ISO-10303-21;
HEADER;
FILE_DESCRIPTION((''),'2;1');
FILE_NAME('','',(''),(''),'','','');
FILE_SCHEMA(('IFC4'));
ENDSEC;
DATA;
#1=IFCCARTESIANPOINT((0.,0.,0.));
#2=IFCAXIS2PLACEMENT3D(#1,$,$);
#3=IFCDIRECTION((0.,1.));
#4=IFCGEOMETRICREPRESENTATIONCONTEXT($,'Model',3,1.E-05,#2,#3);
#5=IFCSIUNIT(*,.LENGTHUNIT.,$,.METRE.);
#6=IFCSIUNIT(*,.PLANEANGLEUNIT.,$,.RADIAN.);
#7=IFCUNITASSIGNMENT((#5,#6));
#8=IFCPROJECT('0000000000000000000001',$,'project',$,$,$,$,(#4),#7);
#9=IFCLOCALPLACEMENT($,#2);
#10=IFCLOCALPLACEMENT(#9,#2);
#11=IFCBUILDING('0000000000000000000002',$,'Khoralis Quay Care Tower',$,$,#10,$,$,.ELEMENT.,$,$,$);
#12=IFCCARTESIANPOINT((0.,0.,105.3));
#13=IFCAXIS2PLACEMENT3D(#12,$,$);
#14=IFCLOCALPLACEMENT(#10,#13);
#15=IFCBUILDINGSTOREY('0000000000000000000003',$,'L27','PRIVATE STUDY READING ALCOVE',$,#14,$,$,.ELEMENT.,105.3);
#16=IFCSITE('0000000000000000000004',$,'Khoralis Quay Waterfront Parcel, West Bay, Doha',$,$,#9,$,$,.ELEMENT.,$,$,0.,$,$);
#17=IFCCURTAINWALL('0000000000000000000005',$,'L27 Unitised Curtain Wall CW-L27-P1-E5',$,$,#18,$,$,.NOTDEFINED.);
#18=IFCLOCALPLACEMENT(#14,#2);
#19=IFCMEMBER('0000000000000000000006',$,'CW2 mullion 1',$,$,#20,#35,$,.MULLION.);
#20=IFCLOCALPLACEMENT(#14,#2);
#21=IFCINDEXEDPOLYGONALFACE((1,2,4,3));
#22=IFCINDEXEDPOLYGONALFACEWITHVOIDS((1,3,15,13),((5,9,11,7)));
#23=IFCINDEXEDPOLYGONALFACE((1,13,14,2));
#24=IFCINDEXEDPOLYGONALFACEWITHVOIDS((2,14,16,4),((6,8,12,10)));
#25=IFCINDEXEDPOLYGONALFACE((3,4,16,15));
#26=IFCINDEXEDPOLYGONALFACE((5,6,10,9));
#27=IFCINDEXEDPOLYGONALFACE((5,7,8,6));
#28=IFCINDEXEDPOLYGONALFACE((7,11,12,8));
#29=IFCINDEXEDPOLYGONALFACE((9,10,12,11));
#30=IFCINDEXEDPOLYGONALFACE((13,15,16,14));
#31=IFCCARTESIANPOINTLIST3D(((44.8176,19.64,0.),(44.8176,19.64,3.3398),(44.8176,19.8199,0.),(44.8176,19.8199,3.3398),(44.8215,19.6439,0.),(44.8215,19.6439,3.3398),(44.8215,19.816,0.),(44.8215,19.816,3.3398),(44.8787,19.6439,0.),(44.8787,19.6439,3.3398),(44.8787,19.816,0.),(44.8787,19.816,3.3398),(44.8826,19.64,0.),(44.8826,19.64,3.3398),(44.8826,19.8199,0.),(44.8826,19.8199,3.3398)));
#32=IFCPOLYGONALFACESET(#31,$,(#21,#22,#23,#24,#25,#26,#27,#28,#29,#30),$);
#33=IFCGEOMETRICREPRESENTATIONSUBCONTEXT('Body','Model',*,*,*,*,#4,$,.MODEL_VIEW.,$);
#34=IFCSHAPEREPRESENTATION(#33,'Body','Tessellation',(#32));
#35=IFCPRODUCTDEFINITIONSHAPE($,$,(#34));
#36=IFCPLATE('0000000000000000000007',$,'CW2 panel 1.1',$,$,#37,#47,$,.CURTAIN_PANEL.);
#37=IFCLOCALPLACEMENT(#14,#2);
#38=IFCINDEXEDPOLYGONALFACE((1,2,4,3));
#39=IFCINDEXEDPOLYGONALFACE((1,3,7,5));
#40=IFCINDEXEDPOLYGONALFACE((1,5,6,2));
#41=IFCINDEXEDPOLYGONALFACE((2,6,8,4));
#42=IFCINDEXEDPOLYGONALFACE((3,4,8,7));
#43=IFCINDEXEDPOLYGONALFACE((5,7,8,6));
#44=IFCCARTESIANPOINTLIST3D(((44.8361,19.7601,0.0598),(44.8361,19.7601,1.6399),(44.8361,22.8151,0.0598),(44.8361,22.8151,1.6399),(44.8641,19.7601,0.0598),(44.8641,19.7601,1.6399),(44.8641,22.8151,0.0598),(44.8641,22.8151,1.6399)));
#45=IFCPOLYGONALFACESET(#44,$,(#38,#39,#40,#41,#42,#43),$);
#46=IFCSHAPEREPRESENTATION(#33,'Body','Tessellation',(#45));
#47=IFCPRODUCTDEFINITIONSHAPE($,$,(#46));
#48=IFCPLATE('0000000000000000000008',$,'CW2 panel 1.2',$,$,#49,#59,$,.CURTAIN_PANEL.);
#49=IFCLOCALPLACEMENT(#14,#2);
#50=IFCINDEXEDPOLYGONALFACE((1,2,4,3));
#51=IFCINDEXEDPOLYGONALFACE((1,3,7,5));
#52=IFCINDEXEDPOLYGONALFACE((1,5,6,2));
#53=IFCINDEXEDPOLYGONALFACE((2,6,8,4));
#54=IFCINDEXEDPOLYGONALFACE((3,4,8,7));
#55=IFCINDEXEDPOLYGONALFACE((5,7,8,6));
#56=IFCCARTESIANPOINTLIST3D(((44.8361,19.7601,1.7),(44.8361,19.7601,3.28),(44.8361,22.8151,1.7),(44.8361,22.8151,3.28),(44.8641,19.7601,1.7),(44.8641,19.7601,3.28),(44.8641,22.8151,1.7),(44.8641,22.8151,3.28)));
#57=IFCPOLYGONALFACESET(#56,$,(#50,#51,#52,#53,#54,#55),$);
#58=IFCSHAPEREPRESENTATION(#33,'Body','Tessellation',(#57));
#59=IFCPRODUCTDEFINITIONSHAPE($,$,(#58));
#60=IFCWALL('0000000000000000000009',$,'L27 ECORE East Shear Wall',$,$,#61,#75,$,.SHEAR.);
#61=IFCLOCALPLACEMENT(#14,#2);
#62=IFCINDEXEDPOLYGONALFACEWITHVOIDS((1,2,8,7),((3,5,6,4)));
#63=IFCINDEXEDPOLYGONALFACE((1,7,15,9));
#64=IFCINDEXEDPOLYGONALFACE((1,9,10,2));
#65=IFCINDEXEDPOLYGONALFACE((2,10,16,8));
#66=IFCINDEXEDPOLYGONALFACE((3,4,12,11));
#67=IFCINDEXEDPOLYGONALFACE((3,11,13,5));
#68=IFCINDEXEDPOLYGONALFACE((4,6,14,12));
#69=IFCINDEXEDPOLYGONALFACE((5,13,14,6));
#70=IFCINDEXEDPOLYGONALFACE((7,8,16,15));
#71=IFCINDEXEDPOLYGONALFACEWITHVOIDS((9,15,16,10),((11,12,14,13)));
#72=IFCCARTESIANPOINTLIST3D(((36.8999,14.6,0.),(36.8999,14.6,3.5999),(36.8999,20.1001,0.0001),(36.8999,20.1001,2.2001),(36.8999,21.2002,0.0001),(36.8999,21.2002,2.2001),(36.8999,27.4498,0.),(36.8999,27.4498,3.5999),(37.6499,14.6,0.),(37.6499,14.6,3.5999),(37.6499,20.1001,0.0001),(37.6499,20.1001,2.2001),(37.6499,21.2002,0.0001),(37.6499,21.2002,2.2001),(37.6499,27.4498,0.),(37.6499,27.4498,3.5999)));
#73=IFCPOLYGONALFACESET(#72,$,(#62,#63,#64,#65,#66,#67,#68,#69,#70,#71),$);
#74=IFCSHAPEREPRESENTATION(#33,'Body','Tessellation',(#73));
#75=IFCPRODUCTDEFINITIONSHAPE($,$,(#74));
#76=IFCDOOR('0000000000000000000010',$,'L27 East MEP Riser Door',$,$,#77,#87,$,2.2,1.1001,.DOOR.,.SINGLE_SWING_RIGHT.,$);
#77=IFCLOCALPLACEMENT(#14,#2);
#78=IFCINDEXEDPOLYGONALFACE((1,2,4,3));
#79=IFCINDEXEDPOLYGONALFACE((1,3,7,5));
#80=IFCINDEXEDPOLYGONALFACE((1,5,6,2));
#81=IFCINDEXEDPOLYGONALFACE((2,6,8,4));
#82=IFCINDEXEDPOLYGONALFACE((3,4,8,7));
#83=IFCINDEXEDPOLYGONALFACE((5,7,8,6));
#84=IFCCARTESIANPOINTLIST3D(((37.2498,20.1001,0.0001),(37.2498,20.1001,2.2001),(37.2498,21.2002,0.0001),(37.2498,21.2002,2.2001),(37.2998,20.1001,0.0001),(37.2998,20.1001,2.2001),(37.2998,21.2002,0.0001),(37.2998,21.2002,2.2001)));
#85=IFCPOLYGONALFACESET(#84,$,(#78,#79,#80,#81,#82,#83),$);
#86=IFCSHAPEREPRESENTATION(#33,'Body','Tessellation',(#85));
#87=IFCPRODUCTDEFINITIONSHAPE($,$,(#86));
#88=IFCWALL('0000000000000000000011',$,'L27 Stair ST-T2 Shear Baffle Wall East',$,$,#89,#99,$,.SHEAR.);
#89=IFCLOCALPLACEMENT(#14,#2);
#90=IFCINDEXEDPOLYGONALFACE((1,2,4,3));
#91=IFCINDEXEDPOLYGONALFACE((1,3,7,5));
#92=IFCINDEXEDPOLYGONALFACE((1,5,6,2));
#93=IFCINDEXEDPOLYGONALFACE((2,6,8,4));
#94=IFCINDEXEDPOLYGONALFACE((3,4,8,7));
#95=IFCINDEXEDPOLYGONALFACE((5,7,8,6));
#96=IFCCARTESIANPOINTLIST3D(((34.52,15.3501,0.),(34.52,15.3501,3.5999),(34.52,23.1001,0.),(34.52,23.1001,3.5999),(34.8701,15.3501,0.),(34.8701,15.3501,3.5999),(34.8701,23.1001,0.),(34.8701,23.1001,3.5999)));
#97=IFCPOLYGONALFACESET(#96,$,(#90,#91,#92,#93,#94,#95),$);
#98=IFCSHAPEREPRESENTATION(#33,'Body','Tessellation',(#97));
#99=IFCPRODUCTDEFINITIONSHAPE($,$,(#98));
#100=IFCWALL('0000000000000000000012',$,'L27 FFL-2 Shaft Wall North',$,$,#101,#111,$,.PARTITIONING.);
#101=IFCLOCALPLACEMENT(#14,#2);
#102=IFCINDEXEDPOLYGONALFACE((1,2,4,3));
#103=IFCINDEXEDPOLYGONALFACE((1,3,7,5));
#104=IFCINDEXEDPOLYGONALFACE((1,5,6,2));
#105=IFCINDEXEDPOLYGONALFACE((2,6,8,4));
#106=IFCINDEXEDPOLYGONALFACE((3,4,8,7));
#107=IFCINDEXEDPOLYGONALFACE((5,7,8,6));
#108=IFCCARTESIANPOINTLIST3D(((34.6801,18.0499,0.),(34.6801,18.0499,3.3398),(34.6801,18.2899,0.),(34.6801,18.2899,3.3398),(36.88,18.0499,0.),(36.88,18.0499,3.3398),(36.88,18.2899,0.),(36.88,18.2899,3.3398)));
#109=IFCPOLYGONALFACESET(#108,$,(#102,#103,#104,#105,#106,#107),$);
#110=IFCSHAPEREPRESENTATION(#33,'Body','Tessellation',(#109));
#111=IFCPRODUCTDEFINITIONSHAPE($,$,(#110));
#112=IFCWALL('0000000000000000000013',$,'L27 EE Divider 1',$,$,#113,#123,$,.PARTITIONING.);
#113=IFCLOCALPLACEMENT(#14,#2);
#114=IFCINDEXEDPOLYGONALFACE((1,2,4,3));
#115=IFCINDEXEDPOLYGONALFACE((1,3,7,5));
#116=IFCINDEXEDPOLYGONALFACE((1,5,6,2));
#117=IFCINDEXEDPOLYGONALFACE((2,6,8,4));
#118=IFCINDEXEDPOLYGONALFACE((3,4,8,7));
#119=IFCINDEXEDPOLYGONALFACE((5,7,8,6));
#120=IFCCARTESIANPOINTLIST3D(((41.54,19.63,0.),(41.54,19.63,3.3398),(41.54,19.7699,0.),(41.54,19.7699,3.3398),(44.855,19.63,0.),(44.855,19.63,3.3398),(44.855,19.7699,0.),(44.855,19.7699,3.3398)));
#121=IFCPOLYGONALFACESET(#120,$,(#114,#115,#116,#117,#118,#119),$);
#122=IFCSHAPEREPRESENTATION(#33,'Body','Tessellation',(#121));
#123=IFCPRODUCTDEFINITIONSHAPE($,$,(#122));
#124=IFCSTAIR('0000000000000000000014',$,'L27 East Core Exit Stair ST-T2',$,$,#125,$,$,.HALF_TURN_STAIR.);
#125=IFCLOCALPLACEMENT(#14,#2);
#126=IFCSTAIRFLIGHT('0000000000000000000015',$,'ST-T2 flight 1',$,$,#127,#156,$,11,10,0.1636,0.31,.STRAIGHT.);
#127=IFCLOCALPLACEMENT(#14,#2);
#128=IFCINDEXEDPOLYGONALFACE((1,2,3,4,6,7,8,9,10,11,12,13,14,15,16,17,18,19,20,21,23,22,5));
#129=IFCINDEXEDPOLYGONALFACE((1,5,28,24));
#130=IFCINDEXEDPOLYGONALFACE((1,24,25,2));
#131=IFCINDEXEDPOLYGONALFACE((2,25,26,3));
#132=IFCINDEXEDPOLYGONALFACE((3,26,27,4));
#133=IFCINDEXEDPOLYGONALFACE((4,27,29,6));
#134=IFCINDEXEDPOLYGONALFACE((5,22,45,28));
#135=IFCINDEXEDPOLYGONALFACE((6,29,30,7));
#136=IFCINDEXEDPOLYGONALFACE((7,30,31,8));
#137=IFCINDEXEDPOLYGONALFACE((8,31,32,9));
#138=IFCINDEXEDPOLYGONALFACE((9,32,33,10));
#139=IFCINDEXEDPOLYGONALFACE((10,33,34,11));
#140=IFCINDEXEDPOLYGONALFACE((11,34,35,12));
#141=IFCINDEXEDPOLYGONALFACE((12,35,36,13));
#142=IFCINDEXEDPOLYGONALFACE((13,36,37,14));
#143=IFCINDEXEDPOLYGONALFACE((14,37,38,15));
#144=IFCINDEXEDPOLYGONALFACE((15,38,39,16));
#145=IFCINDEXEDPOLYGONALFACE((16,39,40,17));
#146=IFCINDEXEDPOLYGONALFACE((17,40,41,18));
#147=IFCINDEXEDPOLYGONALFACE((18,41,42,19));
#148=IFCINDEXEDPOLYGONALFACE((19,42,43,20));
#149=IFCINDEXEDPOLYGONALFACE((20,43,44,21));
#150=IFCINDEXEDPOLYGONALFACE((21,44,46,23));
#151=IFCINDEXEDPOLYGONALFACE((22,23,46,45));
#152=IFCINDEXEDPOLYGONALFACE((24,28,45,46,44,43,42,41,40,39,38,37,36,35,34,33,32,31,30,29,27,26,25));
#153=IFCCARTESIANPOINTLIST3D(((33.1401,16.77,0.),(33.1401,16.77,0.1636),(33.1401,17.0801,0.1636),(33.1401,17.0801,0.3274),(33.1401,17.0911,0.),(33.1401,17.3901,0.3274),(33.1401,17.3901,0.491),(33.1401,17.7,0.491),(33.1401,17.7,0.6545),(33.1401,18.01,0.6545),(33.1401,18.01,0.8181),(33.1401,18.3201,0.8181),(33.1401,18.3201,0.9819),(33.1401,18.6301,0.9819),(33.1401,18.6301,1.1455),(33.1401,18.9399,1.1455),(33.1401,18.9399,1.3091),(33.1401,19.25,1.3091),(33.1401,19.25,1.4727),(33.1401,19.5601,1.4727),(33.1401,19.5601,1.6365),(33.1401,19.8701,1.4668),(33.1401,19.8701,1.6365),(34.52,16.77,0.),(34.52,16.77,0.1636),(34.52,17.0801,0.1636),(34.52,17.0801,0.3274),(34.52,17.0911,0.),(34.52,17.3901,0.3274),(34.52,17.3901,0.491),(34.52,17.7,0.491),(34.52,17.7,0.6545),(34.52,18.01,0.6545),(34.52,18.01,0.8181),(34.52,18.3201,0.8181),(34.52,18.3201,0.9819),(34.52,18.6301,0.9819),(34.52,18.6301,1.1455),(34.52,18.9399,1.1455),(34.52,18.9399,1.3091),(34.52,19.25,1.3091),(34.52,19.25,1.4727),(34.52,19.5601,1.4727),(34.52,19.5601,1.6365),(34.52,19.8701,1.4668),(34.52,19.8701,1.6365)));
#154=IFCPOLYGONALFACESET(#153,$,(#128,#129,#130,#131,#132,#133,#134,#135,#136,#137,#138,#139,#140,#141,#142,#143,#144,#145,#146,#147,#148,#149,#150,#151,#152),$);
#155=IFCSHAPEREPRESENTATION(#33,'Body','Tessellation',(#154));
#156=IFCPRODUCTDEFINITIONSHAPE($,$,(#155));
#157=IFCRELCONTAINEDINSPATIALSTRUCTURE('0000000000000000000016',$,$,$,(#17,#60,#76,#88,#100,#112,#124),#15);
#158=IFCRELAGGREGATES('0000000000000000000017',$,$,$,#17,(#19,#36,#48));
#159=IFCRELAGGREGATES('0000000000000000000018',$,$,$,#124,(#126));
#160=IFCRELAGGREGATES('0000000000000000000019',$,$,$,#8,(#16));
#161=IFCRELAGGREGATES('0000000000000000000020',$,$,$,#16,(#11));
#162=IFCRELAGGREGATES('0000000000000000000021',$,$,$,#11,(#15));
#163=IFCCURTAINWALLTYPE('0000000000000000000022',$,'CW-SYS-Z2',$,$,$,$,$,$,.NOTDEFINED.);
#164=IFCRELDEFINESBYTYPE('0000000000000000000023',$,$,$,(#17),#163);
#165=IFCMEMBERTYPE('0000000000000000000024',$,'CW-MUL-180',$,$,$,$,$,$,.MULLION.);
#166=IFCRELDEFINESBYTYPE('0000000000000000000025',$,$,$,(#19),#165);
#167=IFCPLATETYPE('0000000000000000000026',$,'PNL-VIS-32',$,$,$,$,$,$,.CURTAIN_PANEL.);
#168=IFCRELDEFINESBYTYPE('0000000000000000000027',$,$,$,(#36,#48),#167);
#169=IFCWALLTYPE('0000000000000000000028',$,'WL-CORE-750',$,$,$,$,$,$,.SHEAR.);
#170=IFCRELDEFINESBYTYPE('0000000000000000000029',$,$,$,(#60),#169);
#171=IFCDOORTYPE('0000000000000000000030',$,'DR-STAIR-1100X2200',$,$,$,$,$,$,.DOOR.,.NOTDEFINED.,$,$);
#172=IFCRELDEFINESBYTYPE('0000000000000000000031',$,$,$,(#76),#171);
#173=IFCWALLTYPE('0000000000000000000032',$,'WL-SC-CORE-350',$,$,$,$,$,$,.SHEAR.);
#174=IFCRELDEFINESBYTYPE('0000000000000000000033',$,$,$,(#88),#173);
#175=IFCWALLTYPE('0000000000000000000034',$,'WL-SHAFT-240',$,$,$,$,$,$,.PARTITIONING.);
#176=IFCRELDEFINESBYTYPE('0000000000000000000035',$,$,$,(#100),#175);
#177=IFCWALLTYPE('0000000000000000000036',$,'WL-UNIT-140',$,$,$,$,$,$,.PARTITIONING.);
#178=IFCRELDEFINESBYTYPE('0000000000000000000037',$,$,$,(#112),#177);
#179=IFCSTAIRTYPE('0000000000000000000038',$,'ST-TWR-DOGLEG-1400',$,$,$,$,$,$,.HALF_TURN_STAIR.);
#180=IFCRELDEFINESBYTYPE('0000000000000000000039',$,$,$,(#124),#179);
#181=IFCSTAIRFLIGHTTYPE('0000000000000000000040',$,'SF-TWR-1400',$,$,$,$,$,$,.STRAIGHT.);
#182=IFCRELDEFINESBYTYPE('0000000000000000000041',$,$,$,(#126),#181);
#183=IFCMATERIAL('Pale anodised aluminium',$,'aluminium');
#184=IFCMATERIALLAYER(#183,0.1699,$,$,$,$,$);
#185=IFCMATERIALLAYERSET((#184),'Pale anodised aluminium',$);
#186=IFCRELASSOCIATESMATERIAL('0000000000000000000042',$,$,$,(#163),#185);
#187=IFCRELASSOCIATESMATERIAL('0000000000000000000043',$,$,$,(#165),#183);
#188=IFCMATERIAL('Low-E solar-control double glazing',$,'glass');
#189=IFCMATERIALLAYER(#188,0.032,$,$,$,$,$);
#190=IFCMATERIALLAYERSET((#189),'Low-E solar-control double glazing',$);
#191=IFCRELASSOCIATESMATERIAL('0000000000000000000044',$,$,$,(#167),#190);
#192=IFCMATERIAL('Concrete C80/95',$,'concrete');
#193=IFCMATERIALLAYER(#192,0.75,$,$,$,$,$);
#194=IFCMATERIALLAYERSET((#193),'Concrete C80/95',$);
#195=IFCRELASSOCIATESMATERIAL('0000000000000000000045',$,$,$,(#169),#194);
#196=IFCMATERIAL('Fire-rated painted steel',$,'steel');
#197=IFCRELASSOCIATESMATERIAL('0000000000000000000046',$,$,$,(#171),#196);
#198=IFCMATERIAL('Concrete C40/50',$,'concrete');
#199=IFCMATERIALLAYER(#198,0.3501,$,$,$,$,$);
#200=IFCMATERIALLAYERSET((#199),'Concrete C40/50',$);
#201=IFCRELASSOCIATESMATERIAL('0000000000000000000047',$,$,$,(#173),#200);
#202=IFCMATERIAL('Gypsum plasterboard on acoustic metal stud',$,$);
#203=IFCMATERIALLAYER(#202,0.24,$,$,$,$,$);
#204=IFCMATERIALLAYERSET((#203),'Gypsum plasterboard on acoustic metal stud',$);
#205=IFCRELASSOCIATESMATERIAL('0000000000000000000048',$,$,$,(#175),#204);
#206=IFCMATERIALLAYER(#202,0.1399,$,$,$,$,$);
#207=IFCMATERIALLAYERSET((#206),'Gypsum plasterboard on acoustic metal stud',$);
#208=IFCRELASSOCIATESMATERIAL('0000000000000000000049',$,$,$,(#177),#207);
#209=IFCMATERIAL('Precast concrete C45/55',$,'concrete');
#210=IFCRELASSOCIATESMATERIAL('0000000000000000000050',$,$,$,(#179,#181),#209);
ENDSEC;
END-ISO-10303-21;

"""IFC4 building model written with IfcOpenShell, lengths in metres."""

from ifc_helpers import new_model, si_unit, direction, frame, frame_2d, origin, origin_2d, place, context, subcontext, project, spatial, polyline, rectangle, hollow_rectangle, outline, extrude, source, transform, mapped, material, layer, layer_set, material_profile, profile_set, type_object, element, fill, aggregate, save


model = new_model("IFC4")

# Units and contexts
model_context = context("Model", 3, precision=1e-05, world=origin(), true_north=direction((0.0, 1.0)))
body_context = subcontext(model_context, "Body", "Model", "MODEL_VIEW")
ifc_project = project(units=[si_unit("LENGTHUNIT", "METRE"), si_unit("PLANEANGLEUNIT", "RADIAN")], contexts=[model_context])

# Site, building, storey
site_placement = place(None, origin())
site = spatial("IfcSite", under=ifc_project, at=site_placement, Name="Khoralis Quay Waterfront Parcel, West Bay, Doha", CompositionType="ELEMENT", RefElevation=0.0)
building_placement = place(site_placement, origin())
building = spatial("IfcBuilding", under=site, at=building_placement, Name="Khoralis Quay Care Tower", CompositionType="ELEMENT")
storey_placement = place(building_placement, frame((0.0, 0.0, 105.3)))
storey = spatial("IfcBuildingStorey", under=building, at=storey_placement, Name="L27", Description="PRIVATE STUDY READING ALCOVE", CompositionType="ELEMENT", Elevation=105.3)

# Curtain wall, member, plates
ifc_material_1 = material(Name="Pale anodised aluminium", Category="aluminium")
ifc_layer_1 = layer(ifc_material_1, 0.1699)
ifc_layer_set_1 = layer_set([ifc_layer_1], Name="Pale anodised aluminium")
curtain_wall_type = type_object("IfcCurtainWallType", Name="CW-SYS-Z2", PredefinedType="NOTDEFINED", material=ifc_layer_set_1)
curtain_wall_placement = place(storey_placement, origin())
curtain_wall = element("IfcCurtainWall", 1, at=curtain_wall_placement, inside=storey, type_object=curtain_wall_type, Name="L27 Unitised Curtain Wall CW-L27-P1-E5", PredefinedType="NOTDEFINED")
ifc_material_profile_1 = material_profile(ifc_material_1, hollow_rectangle(XDim=0.0649, YDim=0.1799, WallThickness=0.0039, at=origin_2d()), Name="Pale anodised aluminium")
ifc_profile_set_1 = profile_set([ifc_material_profile_1], Name="Pale anodised aluminium")
member_type_1 = type_object("IfcMemberType", Name="CW-MUL-180", PredefinedType="MULLION", material=ifc_profile_set_1)
shared_shape_1 = source(origin(), body_context, "Body", "SweptSolid", [
    extrude(hollow_rectangle(XDim=0.0649, YDim=0.1799, WallThickness=0.0039, at=origin_2d()), origin(), (0.0, 0.0, 1.0), 3.3398),
])
member_1_placement = place(storey_placement, frame((44.8501, 19.73, 0.0), z_axis=(0.0, 0.0, 1.0), x_axis=(-1.0, 0.0, 0.0)))
member_1 = element("IfcMember", 2, at=member_1_placement, type_object=member_type_1, Name="CW2 mullion 1", PredefinedType="MULLION", context=body_context, shape_type="MappedRepresentation", body=[
    mapped(shared_shape_1, transform((0.0, 0.0, 0.0), scale=1.0)),
])
ifc_material_2 = material(Name="Low-E solar-control double glazing", Category="glass")
ifc_layer_2 = layer(ifc_material_2, 0.032)
ifc_layer_set_2 = layer_set([ifc_layer_2], Name="Low-E solar-control double glazing")
plate_type = type_object("IfcPlateType", Name="PNL-VIS-32", PredefinedType="CURTAIN_PANEL", material=ifc_layer_set_2)
shared_shape_2 = source(origin(), body_context, "Body", "SweptSolid", [
    extrude(rectangle(XDim=3.0549, YDim=0.0281, at=origin_2d()), origin(), (0.0, 0.0, 1.0), 1.5801),
])
plate_1_placement = place(storey_placement, frame((44.8501, 21.2876, 0.0598), z_axis=(0.0, 0.0, 1.0), x_axis=(0.0, 1.0, 0.0)))
plate_1 = element("IfcPlate", 3, at=plate_1_placement, type_object=plate_type, Name="CW2 panel 1.1", PredefinedType="CURTAIN_PANEL", context=body_context, shape_type="MappedRepresentation", body=[
    mapped(shared_shape_2, transform((0.0, 0.0, 0.0), scale=1.0)),
])
plate_2_placement = place(storey_placement, frame((44.8501, 21.2876, 1.7), z_axis=(0.0, 0.0, 1.0), x_axis=(0.0, 1.0, 0.0)))
plate_2 = element("IfcPlate", 4, at=plate_2_placement, type_object=plate_type, Name="CW2 panel 1.2", PredefinedType="CURTAIN_PANEL", context=body_context, shape_type="MappedRepresentation", body=[
    mapped(shared_shape_2, transform((0.0, 0.0, 0.0), scale=1.0)),
])
aggregate(curtain_wall, [member_1, plate_1, plate_2])

# Wall, opening, door
ifc_material_3 = material(Name="Concrete C80/95", Category="concrete")
ifc_layer_3 = layer(ifc_material_3, 0.75)
ifc_layer_set_3 = layer_set([ifc_layer_3], Name="Concrete C80/95")
wall_type_1 = type_object("IfcWallType", Name="WL-CORE-750", PredefinedType="SHEAR", material=ifc_layer_set_3)
wall_1_placement = place(storey_placement, frame((37.2749, 14.6001, 0.0), z_axis=(0.0, 0.0, 1.0), x_axis=(0.0, 1.0, 0.0)))
wall_1 = element("IfcWall", 5, at=wall_1_placement, inside=storey, type_object=wall_type_1, Name="L27 ECORE East Shear Wall", PredefinedType="SHEAR", context=body_context, shape_type="SweptSolid", body=[
    extrude(rectangle(XDim=12.8499, YDim=0.75, at=frame_2d((6.4248, 0.0))), origin(), (0.0, 0.0, 1.0), 3.5999),
])
opening_placement = place(wall_1_placement, frame((5.5, 0.0, 0.0)))
opening = element("IfcOpeningElement", 6, at=opening_placement, cuts=wall_1, PredefinedType="OPENING", context=body_context, shape_type="SweptSolid", body=[
    extrude(rectangle(XDim=1.1001, YDim=2.2, at=frame_2d((0.55, 1.1001))), frame((0.0, 0.385, 0.0), z_axis=(0.0, -1.0, 0.0), x_axis=(1.0, 0.0, 0.0)), (0.0, 0.0, 1.0), 0.77),
])
ifc_material_4 = material(Name="Fire-rated painted steel", Category="steel")
door_type = type_object("IfcDoorType", Name="DR-STAIR-1100X2200", OperationType="NOTDEFINED", PredefinedType="DOOR", material=ifc_material_4)
shared_shape_3 = source(origin(), body_context, "Body", "SweptSolid", [
    extrude(rectangle(XDim=1.1001, YDim=2.2, at=frame_2d((0.55, 1.1001))), frame((0.0, 0.0249, 0.0), z_axis=(0.0, -1.0, 0.0), x_axis=(1.0, 0.0, 0.0)), (0.0, 0.0, 1.0), 0.05),
])
door_placement = place(opening_placement, frame((1.1001, 0.0, 0.0), z_axis=(0.0, 0.0, 1.0), x_axis=(-1.0, 0.0, 0.0)))
door = element("IfcDoor", 7, at=door_placement, inside=storey, type_object=door_type, Name="L27 East MEP Riser Door", OperationType="SINGLE_SWING_RIGHT", OverallHeight=2.2, OverallWidth=1.1001, PredefinedType="DOOR", context=body_context, shape_type="MappedRepresentation", body=[
    mapped(shared_shape_3, transform((0.0, 0.0, 0.0), scale=1.0)),
])
fill(opening, door)

# Walls
ifc_material_5 = material(Name="Concrete C40/50", Category="concrete")
ifc_layer_4 = layer(ifc_material_5, 0.3501)
ifc_layer_set_4 = layer_set([ifc_layer_4], Name="Concrete C40/50")
wall_type_2 = type_object("IfcWallType", Name="WL-SC-CORE-350", PredefinedType="SHEAR", material=ifc_layer_set_4)
wall_2_placement = place(storey_placement, frame((34.6951, 15.3501, 0.0), z_axis=(0.0, 0.0, 1.0), x_axis=(0.0, 1.0, 0.0)))
element("IfcWall", 8, at=wall_2_placement, inside=storey, type_object=wall_type_2, Name="L27 Stair ST-T2 Shear Baffle Wall East", PredefinedType="SHEAR", context=body_context, shape_type="SweptSolid", body=[
    extrude(rectangle(XDim=7.75, YDim=0.3501, at=frame_2d((3.875, 0.0))), origin(), (0.0, 0.0, 1.0), 3.5999),
])
ifc_material_6 = material(Name="Gypsum plasterboard on acoustic metal stud")
ifc_layer_5 = layer(ifc_material_6, 0.24)
ifc_layer_set_5 = layer_set([ifc_layer_5], Name="Gypsum plasterboard on acoustic metal stud")
wall_type_3 = type_object("IfcWallType", Name="WL-SHAFT-240", PredefinedType="PARTITIONING", material=ifc_layer_set_5)
wall_3_placement = place(storey_placement, frame((34.6799, 18.1699, 0.0), z_axis=(0.0, 0.0, 1.0), x_axis=(1.0, 0.0, 0.0)))
element("IfcWall", 9, at=wall_3_placement, inside=storey, type_object=wall_type_3, Name="L27 FFL-2 Shaft Wall North", PredefinedType="PARTITIONING", context=body_context, shape_type="SweptSolid", body=[
    extrude(rectangle(XDim=2.2, YDim=0.24, at=frame_2d((1.1001, 0.0))), origin(), (0.0, 0.0, 1.0), 3.3398),
])
ifc_layer_6 = layer(ifc_material_6, 0.1399)
ifc_layer_set_6 = layer_set([ifc_layer_6], Name="Gypsum plasterboard on acoustic metal stud")
wall_type_4 = type_object("IfcWallType", Name="WL-UNIT-140", PredefinedType="PARTITIONING", material=ifc_layer_set_6)
wall_4_placement = place(storey_placement, frame((41.54, 19.7, 0.0), z_axis=(0.0, 0.0, 1.0), x_axis=(1.0, 0.0, 0.0)))
element("IfcWall", 10, at=wall_4_placement, inside=storey, type_object=wall_type_4, Name="L27 EE Divider 1", PredefinedType="PARTITIONING", context=body_context, shape_type="SweptSolid", body=[
    extrude(rectangle(XDim=3.3149, YDim=0.1399, at=frame_2d((1.6575, 0.0))), origin(), (0.0, 0.0, 1.0), 3.3398),
])

# Stair, stair flight
ifc_material_7 = material(Name="Precast concrete C45/55", Category="concrete")
stair_type = type_object("IfcStairType", Name="ST-TWR-DOGLEG-1400", PredefinedType="HALF_TURN_STAIR", material=ifc_material_7)
stair_placement = place(storey_placement, origin())
stair = element("IfcStair", 11, at=stair_placement, inside=storey, type_object=stair_type, Name="L27 East Core Exit Stair ST-T2", PredefinedType="HALF_TURN_STAIR")
stair_flight_type = type_object("IfcStairFlightType", Name="SF-TWR-1400", PredefinedType="STRAIGHT", material=ifc_material_7)
shared_shape_4 = source(origin(), body_context, "Body", "SweptSolid", [
    extrude(outline(polyline([(0.0, 0.0), (0.0, 0.1636), (0.3101, 0.1636), (0.3101, 0.3274), (0.6201, 0.3274), (0.6201, 0.491), (0.9299, 0.491), (0.9299, 0.6545), (1.24, 0.6545), (1.24, 0.8181), (1.55, 0.8181), (1.55, 0.9819), (1.8601, 0.9819), (1.8601, 1.1455), (2.1699, 1.1455), (2.1699, 1.3091), (2.48, 1.3091), (2.48, 1.4727), (2.79, 1.4727), (2.79, 1.6365), (3.1001, 1.6365), (3.1001, 1.8), (3.1001, 1.4668), (0.321, 0.0), (0.0, 0.0)])), frame((0.0, 0.6899, 0.0), z_axis=(0.0, -1.0, 0.0), x_axis=(1.0, 0.0, 0.0)), (0.0, 0.0, 1.0), 1.3799),
])
stair_flight_1_placement = place(storey_placement, frame((33.8301, 16.77, 0.0), z_axis=(0.0, 0.0, 1.0), x_axis=(0.0, 1.0, 0.0)))
stair_flight_1 = element("IfcStairFlight", 12, at=stair_flight_1_placement, type_object=stair_flight_type, Name="ST-T2 flight 1", NumberOfRisers=11, NumberOfTreads=10, PredefinedType="STRAIGHT", RiserHeight=0.1636, TreadLength=0.31, context=body_context, shape_type="MappedRepresentation", body=[
    mapped(shared_shape_4, transform((0.0, 0.0, 0.0), scale=1.0)),
])
aggregate(stair, [stair_flight_1])

save(model, "model.ifc")
